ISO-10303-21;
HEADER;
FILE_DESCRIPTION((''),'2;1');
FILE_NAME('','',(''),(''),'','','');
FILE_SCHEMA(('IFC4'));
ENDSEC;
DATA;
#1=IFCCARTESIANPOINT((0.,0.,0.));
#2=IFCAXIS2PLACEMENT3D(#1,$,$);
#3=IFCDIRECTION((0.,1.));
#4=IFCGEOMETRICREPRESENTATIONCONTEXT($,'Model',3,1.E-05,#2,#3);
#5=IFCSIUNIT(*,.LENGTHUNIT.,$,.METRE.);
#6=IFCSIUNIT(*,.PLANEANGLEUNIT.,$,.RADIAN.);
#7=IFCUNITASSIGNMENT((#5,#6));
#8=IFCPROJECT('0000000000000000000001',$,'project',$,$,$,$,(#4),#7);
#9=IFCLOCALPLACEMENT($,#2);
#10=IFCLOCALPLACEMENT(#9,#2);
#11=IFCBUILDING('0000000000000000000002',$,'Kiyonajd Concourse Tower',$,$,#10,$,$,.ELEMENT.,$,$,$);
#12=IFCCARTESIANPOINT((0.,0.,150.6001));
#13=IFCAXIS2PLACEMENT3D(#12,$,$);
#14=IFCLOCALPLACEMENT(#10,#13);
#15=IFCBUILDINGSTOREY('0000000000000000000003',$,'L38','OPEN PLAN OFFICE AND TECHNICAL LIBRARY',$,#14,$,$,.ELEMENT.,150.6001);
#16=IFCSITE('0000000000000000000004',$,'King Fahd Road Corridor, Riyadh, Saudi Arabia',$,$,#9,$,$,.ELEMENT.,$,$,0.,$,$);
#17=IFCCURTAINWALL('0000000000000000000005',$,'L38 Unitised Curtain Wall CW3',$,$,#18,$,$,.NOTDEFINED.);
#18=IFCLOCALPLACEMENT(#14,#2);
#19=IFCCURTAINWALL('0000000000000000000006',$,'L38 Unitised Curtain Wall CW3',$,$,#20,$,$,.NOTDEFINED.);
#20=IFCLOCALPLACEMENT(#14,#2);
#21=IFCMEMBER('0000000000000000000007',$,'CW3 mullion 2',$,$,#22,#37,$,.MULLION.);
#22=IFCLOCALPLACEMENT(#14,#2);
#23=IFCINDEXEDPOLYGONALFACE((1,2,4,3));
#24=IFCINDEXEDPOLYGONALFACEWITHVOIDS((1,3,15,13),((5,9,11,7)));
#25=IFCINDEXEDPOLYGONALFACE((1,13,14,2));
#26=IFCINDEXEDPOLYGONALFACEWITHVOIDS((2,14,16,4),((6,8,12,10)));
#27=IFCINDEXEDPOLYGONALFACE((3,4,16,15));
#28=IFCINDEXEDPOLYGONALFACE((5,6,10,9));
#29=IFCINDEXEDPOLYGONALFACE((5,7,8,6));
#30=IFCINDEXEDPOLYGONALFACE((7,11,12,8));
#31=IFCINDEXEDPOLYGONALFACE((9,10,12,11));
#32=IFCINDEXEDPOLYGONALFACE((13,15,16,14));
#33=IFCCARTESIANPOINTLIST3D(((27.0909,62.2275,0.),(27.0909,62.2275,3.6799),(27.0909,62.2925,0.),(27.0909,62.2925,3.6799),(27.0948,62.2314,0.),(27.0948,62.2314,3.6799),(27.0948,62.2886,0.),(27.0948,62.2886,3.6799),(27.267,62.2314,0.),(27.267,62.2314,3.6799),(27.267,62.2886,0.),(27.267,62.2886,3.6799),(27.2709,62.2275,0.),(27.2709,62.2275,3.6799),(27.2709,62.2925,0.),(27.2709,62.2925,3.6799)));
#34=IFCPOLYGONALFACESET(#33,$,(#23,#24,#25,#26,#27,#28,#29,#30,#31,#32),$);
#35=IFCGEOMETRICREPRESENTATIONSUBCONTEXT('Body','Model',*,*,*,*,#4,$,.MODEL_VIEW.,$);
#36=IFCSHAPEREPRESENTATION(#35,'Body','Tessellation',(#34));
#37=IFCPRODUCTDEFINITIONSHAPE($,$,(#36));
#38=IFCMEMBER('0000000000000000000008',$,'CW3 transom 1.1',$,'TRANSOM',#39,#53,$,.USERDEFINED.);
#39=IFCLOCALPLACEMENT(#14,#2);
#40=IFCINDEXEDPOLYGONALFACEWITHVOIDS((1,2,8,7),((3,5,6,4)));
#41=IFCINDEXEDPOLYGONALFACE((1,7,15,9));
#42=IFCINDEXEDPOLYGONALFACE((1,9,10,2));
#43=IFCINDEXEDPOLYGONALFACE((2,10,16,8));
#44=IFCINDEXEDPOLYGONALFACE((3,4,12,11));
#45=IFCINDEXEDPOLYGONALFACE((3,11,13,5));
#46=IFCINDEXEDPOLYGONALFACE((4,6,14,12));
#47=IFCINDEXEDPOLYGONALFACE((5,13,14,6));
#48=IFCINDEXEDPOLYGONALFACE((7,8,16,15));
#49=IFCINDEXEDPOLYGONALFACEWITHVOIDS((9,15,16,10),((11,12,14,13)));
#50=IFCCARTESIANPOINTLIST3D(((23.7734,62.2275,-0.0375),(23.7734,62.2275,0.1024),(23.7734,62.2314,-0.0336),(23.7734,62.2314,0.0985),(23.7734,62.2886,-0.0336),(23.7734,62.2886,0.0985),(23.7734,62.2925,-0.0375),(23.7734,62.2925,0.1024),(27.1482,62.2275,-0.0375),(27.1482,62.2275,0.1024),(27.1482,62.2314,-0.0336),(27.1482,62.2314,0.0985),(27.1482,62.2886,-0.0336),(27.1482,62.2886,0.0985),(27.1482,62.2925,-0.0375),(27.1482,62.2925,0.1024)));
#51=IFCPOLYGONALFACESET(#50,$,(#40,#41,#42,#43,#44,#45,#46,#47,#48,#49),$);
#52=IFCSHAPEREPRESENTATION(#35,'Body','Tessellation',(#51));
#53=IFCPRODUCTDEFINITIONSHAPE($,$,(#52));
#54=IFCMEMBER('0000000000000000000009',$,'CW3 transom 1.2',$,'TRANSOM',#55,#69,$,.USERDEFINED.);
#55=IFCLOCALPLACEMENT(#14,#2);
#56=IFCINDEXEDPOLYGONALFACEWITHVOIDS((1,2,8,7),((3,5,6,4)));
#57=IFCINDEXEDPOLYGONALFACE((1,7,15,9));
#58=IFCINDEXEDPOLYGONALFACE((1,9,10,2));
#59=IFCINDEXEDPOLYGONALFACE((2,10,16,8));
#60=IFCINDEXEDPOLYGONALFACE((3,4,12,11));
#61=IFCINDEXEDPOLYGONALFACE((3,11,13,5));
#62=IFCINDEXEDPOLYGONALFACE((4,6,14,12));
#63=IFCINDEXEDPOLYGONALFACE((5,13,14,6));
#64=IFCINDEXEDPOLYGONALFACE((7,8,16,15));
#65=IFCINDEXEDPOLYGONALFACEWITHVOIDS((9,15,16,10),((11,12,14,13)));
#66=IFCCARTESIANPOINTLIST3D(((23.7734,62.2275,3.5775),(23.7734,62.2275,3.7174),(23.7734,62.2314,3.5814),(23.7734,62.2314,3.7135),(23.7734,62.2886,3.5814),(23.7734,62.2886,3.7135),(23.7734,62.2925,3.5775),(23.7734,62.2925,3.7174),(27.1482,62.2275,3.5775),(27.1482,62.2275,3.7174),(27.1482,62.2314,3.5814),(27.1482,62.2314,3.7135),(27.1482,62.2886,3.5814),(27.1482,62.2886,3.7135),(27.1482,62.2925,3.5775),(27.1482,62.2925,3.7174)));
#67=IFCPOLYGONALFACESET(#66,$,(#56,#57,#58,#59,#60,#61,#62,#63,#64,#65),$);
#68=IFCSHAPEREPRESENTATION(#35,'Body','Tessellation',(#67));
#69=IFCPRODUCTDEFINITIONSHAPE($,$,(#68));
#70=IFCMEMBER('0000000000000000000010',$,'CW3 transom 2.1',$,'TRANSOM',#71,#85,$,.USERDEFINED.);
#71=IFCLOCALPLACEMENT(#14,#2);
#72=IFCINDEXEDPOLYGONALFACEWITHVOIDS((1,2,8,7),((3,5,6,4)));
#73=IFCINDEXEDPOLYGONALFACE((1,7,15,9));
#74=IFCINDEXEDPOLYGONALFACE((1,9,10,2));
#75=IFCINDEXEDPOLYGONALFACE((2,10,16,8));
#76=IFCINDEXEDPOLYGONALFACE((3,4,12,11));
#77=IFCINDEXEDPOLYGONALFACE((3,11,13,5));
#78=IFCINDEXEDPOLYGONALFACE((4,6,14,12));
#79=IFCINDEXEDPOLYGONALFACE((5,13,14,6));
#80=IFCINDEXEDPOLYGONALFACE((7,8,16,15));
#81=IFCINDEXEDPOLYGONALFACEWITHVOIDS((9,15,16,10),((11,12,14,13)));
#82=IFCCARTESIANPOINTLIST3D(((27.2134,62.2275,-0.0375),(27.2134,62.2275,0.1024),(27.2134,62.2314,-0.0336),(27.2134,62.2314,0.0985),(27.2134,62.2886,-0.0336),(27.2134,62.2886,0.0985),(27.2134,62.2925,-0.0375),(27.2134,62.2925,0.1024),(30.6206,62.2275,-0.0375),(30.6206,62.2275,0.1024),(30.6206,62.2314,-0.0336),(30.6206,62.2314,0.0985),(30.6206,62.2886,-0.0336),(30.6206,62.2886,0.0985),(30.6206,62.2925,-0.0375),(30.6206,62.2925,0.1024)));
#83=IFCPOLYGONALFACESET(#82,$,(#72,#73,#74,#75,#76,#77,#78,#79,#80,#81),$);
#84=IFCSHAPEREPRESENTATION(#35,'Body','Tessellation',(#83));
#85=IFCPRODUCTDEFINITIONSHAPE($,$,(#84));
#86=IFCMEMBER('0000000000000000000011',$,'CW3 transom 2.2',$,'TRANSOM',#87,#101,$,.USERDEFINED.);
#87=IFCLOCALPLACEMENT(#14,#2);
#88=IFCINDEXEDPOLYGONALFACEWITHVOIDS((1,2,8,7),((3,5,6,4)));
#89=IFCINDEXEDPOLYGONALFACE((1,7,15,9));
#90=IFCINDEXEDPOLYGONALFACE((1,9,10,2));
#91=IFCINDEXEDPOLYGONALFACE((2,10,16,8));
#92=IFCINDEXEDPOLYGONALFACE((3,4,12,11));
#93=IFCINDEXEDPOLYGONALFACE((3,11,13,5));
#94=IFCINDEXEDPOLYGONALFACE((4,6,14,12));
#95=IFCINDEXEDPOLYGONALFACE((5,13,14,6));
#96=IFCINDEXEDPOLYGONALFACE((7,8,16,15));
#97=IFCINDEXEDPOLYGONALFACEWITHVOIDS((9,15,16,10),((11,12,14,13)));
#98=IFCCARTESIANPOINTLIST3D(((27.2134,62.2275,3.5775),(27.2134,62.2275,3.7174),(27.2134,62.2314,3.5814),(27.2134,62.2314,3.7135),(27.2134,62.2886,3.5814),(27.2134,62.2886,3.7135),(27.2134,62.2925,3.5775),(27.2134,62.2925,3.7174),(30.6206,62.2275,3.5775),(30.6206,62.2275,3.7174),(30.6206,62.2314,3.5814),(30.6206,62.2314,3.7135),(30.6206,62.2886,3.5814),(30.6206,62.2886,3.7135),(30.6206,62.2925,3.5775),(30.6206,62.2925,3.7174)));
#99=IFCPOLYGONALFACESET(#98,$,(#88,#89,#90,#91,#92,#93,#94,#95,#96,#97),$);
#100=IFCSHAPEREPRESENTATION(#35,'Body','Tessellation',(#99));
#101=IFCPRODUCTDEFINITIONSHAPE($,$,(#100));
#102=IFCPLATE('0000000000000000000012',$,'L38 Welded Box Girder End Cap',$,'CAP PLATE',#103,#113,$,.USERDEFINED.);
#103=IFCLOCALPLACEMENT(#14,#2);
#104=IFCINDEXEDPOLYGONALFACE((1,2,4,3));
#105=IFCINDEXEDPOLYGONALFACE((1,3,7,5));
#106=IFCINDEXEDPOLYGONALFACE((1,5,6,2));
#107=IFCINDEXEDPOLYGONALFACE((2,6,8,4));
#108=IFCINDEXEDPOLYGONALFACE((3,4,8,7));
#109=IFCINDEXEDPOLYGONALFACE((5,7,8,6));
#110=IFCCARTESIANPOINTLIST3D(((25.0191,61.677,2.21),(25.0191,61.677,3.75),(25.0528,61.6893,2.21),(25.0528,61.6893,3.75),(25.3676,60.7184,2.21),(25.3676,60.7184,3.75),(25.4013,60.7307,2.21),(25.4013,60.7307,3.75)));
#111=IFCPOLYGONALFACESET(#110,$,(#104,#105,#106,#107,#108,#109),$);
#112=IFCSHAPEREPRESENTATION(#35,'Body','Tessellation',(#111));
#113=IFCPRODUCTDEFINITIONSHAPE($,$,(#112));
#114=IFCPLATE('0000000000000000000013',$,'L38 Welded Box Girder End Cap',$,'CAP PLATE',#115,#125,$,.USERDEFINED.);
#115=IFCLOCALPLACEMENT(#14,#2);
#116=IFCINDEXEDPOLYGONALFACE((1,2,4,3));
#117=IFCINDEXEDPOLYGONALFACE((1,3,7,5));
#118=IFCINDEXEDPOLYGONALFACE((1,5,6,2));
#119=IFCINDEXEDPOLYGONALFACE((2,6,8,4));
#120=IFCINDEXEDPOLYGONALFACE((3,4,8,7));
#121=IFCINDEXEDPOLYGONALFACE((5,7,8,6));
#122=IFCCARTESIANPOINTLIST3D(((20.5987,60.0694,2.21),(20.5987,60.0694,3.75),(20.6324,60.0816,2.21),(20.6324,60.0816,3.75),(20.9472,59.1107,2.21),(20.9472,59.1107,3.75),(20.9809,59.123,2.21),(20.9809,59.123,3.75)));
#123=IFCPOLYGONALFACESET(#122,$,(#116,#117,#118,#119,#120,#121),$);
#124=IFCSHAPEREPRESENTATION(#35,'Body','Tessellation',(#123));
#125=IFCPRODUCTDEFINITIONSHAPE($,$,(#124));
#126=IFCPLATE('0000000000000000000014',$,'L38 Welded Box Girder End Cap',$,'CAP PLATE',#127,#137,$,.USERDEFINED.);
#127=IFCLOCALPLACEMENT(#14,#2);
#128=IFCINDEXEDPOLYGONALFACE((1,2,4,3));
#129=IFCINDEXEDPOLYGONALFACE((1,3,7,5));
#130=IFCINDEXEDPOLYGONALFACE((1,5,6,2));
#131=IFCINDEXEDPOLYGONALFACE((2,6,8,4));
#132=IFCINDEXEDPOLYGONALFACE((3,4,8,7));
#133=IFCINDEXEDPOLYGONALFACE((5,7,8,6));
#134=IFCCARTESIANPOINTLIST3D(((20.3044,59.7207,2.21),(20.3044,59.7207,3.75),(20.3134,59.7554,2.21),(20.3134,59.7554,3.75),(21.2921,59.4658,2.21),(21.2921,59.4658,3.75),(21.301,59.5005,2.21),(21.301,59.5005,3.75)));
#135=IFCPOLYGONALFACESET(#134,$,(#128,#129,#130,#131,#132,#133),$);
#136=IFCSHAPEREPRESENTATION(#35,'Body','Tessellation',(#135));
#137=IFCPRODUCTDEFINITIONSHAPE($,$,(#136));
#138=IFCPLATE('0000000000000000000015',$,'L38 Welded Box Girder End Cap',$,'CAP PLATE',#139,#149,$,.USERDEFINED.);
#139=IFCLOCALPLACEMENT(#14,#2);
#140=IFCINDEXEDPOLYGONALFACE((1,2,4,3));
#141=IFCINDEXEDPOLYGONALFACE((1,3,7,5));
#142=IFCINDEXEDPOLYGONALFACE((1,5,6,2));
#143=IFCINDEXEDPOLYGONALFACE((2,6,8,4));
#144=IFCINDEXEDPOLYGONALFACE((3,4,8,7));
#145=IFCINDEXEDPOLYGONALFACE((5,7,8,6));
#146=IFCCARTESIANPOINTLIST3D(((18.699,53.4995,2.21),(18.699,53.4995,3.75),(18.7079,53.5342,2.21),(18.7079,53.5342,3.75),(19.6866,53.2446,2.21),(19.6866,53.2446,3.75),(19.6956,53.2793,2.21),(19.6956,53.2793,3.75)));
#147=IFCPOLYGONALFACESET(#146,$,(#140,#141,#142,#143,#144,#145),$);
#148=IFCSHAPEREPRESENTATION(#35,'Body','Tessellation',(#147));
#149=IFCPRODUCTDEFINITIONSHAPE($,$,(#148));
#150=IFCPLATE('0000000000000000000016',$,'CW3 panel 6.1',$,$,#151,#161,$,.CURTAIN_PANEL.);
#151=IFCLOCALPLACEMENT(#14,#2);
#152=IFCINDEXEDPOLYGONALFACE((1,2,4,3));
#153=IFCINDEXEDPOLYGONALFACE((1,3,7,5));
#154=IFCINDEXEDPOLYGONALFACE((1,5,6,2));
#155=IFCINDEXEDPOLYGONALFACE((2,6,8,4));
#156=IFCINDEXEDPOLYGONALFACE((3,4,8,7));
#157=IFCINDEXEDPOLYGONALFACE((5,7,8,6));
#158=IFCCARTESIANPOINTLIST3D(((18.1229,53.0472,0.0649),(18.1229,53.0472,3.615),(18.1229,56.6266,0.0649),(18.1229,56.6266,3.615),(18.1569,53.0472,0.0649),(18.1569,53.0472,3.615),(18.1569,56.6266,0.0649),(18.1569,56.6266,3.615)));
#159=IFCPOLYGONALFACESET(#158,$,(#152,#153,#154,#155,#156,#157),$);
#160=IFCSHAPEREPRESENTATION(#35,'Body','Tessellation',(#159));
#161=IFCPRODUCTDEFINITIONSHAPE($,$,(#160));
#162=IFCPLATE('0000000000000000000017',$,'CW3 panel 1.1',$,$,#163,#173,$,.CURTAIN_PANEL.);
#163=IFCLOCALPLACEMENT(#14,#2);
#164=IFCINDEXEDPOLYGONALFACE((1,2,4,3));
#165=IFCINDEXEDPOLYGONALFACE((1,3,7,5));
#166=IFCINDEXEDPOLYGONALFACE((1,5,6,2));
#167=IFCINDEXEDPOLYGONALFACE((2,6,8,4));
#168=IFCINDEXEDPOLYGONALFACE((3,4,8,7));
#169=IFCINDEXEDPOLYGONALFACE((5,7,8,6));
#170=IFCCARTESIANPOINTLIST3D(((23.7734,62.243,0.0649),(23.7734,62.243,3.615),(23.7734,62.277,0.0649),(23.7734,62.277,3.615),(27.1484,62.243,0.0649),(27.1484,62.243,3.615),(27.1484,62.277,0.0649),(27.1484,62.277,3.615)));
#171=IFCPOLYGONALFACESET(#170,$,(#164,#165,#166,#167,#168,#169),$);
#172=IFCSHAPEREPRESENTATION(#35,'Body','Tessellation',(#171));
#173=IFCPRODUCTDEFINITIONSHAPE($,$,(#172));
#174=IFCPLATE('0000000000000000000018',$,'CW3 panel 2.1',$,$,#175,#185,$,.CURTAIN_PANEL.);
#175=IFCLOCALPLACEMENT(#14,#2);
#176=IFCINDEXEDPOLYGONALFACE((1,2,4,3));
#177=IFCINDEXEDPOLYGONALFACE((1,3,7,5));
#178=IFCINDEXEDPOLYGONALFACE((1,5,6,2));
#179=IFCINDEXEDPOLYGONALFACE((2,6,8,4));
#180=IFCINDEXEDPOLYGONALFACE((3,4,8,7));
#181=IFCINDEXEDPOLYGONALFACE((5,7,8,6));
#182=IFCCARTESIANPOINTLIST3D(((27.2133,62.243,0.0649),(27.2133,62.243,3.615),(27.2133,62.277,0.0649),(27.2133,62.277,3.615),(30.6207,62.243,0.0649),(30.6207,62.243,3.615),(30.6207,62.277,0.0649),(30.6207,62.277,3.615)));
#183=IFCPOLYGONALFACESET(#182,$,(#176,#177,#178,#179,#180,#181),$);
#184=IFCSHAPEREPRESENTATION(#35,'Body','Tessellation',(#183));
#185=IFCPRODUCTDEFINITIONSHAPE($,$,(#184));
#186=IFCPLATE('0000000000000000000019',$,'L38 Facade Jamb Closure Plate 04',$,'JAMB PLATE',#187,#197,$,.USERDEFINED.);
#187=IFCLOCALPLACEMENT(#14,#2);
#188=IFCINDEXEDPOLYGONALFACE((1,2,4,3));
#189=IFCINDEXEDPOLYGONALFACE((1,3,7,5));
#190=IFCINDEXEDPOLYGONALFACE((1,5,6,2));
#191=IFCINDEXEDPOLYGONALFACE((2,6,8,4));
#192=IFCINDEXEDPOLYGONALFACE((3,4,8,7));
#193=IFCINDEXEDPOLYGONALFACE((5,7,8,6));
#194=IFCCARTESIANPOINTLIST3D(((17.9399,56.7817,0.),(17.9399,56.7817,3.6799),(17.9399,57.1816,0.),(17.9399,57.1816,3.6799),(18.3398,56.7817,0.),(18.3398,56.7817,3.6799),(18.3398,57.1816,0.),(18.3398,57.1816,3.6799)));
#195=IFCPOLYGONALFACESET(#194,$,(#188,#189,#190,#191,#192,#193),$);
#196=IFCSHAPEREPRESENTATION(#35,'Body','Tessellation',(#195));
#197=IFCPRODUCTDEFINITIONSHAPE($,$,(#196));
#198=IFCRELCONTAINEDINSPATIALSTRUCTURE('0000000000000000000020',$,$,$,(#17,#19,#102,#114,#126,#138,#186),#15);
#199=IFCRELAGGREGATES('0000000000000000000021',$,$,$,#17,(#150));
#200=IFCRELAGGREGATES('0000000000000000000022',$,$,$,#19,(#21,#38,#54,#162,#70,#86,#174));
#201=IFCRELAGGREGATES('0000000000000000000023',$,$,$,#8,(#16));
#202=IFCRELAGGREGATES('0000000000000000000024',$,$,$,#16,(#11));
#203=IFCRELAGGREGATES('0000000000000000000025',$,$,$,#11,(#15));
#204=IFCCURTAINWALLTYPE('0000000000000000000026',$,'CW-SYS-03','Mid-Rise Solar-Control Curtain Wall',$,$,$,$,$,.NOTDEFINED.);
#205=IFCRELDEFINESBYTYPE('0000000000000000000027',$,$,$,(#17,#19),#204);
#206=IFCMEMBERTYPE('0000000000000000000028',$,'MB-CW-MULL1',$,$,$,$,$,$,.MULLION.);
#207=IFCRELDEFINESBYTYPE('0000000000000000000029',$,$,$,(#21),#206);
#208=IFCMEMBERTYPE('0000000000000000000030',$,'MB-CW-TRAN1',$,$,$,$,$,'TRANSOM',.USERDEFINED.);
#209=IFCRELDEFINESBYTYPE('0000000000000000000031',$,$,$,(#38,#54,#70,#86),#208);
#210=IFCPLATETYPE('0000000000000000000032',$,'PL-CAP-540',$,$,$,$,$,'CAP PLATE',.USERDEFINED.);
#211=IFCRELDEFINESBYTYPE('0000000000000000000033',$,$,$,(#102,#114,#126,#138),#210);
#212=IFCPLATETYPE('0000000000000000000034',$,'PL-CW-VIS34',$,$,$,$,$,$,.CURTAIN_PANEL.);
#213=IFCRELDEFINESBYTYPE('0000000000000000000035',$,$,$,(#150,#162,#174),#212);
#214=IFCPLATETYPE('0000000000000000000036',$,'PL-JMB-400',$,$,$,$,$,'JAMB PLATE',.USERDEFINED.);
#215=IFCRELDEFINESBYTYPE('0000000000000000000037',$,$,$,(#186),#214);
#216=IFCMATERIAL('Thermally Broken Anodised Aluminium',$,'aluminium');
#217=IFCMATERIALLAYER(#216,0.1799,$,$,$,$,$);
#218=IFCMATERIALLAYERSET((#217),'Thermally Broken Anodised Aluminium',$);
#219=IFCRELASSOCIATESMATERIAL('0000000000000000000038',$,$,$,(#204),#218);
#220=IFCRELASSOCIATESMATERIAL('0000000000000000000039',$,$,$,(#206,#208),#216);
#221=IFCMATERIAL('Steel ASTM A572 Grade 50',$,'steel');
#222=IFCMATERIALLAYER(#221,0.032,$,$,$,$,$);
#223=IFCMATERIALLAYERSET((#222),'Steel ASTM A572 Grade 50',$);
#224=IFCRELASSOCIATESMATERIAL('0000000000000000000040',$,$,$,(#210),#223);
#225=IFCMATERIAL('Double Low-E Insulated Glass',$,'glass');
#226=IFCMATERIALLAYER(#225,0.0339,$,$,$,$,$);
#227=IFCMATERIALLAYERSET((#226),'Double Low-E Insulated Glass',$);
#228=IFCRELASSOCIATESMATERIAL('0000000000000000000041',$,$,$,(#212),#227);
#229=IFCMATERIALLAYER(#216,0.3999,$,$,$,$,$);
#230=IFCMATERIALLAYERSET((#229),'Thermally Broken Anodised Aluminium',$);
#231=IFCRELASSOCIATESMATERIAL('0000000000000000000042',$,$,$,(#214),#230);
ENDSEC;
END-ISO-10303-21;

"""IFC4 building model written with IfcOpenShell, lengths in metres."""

from ifc_helpers import new_model, si_unit, direction, frame, origin, origin_2d, place, context, subcontext, project, spatial, rectangle, hollow_rectangle, extrude, material, layer, layer_set, material_profile, profile_set, type_object, element, aggregate, save


model = new_model("IFC4")

# Units and contexts
model_context = context("Model", 3, precision=1e-05, world=origin(), true_north=direction((0.0, 1.0)))
body_context = subcontext(model_context, "Body", "Model", "MODEL_VIEW")
ifc_project = project(units=[si_unit("LENGTHUNIT", "METRE"), si_unit("PLANEANGLEUNIT", "RADIAN")], contexts=[model_context])

# Site, building, storey
site_placement = place(None, origin())
site = spatial("IfcSite", under=ifc_project, at=site_placement, Name="King Fahd Road Corridor, Riyadh, Saudi Arabia", CompositionType="ELEMENT", RefElevation=0.0)
building_placement = place(site_placement, origin())
building = spatial("IfcBuilding", under=site, at=building_placement, Name="Kiyonajd Concourse Tower", CompositionType="ELEMENT")
storey_placement = place(building_placement, frame((0.0, 0.0, 150.6001)))
storey = spatial("IfcBuildingStorey", under=building, at=storey_placement, Name="L38", Description="OPEN PLAN OFFICE AND TECHNICAL LIBRARY", CompositionType="ELEMENT", Elevation=150.6001)

# Shared definitions
ifc_material_1 = material(Name="Steel ASTM A572 Grade 50", Category="steel")

# Curtain wall
ifc_material_2 = material(Name="Thermally Broken Anodised Aluminium", Category="aluminium")
ifc_layer_1 = layer(ifc_material_2, 0.1799)
ifc_layer_set_1 = layer_set([ifc_layer_1], Name="Thermally Broken Anodised Aluminium")
curtain_wall_type = type_object("IfcCurtainWallType", Name="CW-SYS-03", Description="Mid-Rise Solar-Control Curtain Wall", PredefinedType="NOTDEFINED", material=ifc_layer_set_1)
curtain_wall_1_placement = place(storey_placement, origin())
curtain_wall_1 = element("IfcCurtainWall", 1, at=curtain_wall_1_placement, inside=storey, type_object=curtain_wall_type, Name="L38 Unitised Curtain Wall CW3", PredefinedType="NOTDEFINED")
ifc_material_profile_1 = material_profile(ifc_material_2, hollow_rectangle(XDim=0.0649, YDim=0.1799, WallThickness=0.0039, at=origin_2d()), Name="MULL-65x180")
ifc_profile_set_1 = profile_set([ifc_material_profile_1], Name="Thermally Broken Anodised Aluminium")
member_type_1 = type_object("IfcMemberType", Name="MB-CW-MULL1", PredefinedType="MULLION", material=ifc_profile_set_1)

# Curtain wall, members
curtain_wall_2_placement = place(storey_placement, origin())
curtain_wall_2 = element("IfcCurtainWall", 2, at=curtain_wall_2_placement, inside=storey, type_object=curtain_wall_type, Name="L38 Unitised Curtain Wall CW3", PredefinedType="NOTDEFINED")
member_1_placement = place(storey_placement, frame((27.1809, 62.26, 0.0), z_axis=(0.0, 0.0, 1.0), x_axis=(0.0, 1.0, 0.0)))
member_1 = element("IfcMember", 3, at=member_1_placement, type_object=member_type_1, Name="CW3 mullion 2", PredefinedType="MULLION", context=body_context, shape_type="SweptSolid", body=[
    extrude(hollow_rectangle(XDim=0.0649, YDim=0.1799, WallThickness=0.0039, at=origin_2d()), origin(), (0.0, 0.0, 1.0), 3.6799),
])
ifc_material_profile_2 = material_profile(ifc_material_2, hollow_rectangle(XDim=0.0649, YDim=0.1399, WallThickness=0.0039, at=origin_2d()), Name="TRAN-65x140")
ifc_profile_set_2 = profile_set([ifc_material_profile_2], Name="Thermally Broken Anodised Aluminium")
member_type_2 = type_object("IfcMemberType", Name="MB-CW-TRAN1", ElementType="TRANSOM", PredefinedType="USERDEFINED", material=ifc_profile_set_2)
member_2_placement = place(storey_placement, frame((23.7734, 62.26, 0.0325), z_axis=(1.0, 0.0, 0.0), x_axis=(0.0, 1.0, 0.0)))
member_2 = element("IfcMember", 4, at=member_2_placement, type_object=member_type_2, Name="CW3 transom 1.1", ObjectType="TRANSOM", PredefinedType="USERDEFINED", context=body_context, shape_type="SweptSolid", body=[
    extrude(hollow_rectangle(XDim=0.0649, YDim=0.1399, WallThickness=0.0039, at=origin_2d()), origin(), (0.0, 0.0, 1.0), 3.3748),
])
member_3_placement = place(storey_placement, frame((23.7734, 62.26, 3.6475), z_axis=(1.0, 0.0, 0.0), x_axis=(0.0, 1.0, 0.0)))
member_3 = element("IfcMember", 5, at=member_3_placement, type_object=member_type_2, Name="CW3 transom 1.2", ObjectType="TRANSOM", PredefinedType="USERDEFINED", context=body_context, shape_type="SweptSolid", body=[
    extrude(hollow_rectangle(XDim=0.0649, YDim=0.1399, WallThickness=0.0039, at=origin_2d()), origin(), (0.0, 0.0, 1.0), 3.3748),
])
member_4_placement = place(storey_placement, frame((27.2134, 62.26, 0.0325), z_axis=(1.0, 0.0, 0.0), x_axis=(0.0, 1.0, 0.0)))
member_4 = element("IfcMember", 6, at=member_4_placement, type_object=member_type_2, Name="CW3 transom 2.1", ObjectType="TRANSOM", PredefinedType="USERDEFINED", context=body_context, shape_type="SweptSolid", body=[
    extrude(hollow_rectangle(XDim=0.0649, YDim=0.1399, WallThickness=0.0039, at=origin_2d()), origin(), (0.0, 0.0, 1.0), 3.4072),
])
member_5_placement = place(storey_placement, frame((27.2134, 62.26, 3.6475), z_axis=(1.0, 0.0, 0.0), x_axis=(0.0, 1.0, 0.0)))
member_5 = element("IfcMember", 7, at=member_5_placement, type_object=member_type_2, Name="CW3 transom 2.2", ObjectType="TRANSOM", PredefinedType="USERDEFINED", context=body_context, shape_type="SweptSolid", body=[
    extrude(hollow_rectangle(XDim=0.0649, YDim=0.1399, WallThickness=0.0039, at=origin_2d()), origin(), (0.0, 0.0, 1.0), 3.4072),
])

# Plates
ifc_layer_2 = layer(ifc_material_1, 0.032)
ifc_layer_set_2 = layer_set([ifc_layer_2], Name="Steel ASTM A572 Grade 50")
plate_type_1 = type_object("IfcPlateType", Name="PL-CAP-540", ElementType="CAP PLATE", PredefinedType="USERDEFINED", material=ifc_layer_set_2)
for number, where, z_axis, x_axis, name in (
    (8, (25.2102, 61.2039, 2.21), (0.0, 0.0, 1.0), (0.939812, 0.341692, 0.0), "L38 Welded Box Girder End Cap"),
    (9, (20.7898, 59.5962, 2.21), (0.0, 0.0, 1.0), (-0.939812, -0.341692, 0.0), "L38 Welded Box Girder End Cap"),
    (10, (20.8027, 59.6106, 2.21), (0.0, 0.0, 1.0), (0.249873, 0.968279, 0.0), "L38 Welded Box Girder End Cap"),
    (11, (19.1973, 53.3894, 2.21), (0.0, 0.0, 1.0), (-0.249873, -0.968279, 0.0), "L38 Welded Box Girder End Cap"),
):
    element("IfcPlate", number, at=place(storey_placement, frame(where, z_axis=z_axis, x_axis=x_axis)), inside=storey, type_object=plate_type_1, Name=name, ObjectType="CAP PLATE", PredefinedType="USERDEFINED", context=body_context, shape_type="SweptSolid", body=[
        extrude(rectangle(XDim=0.0359, YDim=1.02, at=origin_2d()), origin(), (0.0, 0.0, 1.0), 1.54),
    ])

# Plates
ifc_material_3 = material(Name="Double Low-E Insulated Glass", Category="glass")
ifc_layer_3 = layer(ifc_material_3, 0.0339)
ifc_layer_set_3 = layer_set([ifc_layer_3], Name="Double Low-E Insulated Glass")
plate_type_2 = type_object("IfcPlateType", Name="PL-CW-VIS34", PredefinedType="CURTAIN_PANEL", material=ifc_layer_set_3)
plate_1_placement = place(storey_placement, frame((18.1399, 54.8369, 0.0649), z_axis=(0.0, 0.0, 1.0), x_axis=(0.0, 1.0, 0.0)))
plate_1 = element("IfcPlate", 12, at=plate_1_placement, type_object=plate_type_2, Name="CW3 panel 6.1", PredefinedType="CURTAIN_PANEL", context=body_context, shape_type="SweptSolid", body=[
    extrude(rectangle(XDim=3.5793, YDim=0.0339, at=origin_2d()), origin(), (0.0, 0.0, 1.0), 3.55),
])
aggregate(curtain_wall_1, [plate_1])
plate_2_placement = place(storey_placement, frame((25.4609, 62.26, 0.0649), z_axis=(0.0, 0.0, 1.0), x_axis=(1.0, 0.0, 0.0)))
plate_2 = element("IfcPlate", 13, at=plate_2_placement, type_object=plate_type_2, Name="CW3 panel 1.1", PredefinedType="CURTAIN_PANEL", context=body_context, shape_type="SweptSolid", body=[
    extrude(rectangle(XDim=3.375, YDim=0.0339, at=origin_2d()), origin(), (0.0, 0.0, 1.0), 3.55),
])
plate_3_placement = place(storey_placement, frame((28.917, 62.26, 0.0649), z_axis=(0.0, 0.0, 1.0), x_axis=(1.0, 0.0, 0.0)))
plate_3 = element("IfcPlate", 14, at=plate_3_placement, type_object=plate_type_2, Name="CW3 panel 2.1", PredefinedType="CURTAIN_PANEL", context=body_context, shape_type="SweptSolid", body=[
    extrude(rectangle(XDim=3.4075, YDim=0.0339, at=origin_2d()), origin(), (0.0, 0.0, 1.0), 3.55),
])
aggregate(curtain_wall_2, [member_1, member_2, member_3, plate_2, member_4, member_5, plate_3])

# Plate
ifc_layer_4 = layer(ifc_material_2, 0.3999)
ifc_layer_set_4 = layer_set([ifc_layer_4], Name="Thermally Broken Anodised Aluminium")
plate_type_3 = type_object("IfcPlateType", Name="PL-JMB-400", ElementType="JAMB PLATE", PredefinedType="USERDEFINED", material=ifc_layer_set_4)
for number, where, z_axis, x_axis, name in (
    (15, (18.1399, 56.9817, 0.0), (0.0, 0.0, 1.0), (1.0, 0.0, 0.0), "L38 Facade Jamb Closure Plate 04"),
):
    element("IfcPlate", number, at=place(storey_placement, frame(where, z_axis=z_axis, x_axis=x_axis)), inside=storey, type_object=plate_type_3, Name=name, ObjectType="JAMB PLATE", PredefinedType="USERDEFINED", context=body_context, shape_type="SweptSolid", body=[
        extrude(rectangle(XDim=0.3999, YDim=0.3999, at=origin_2d()), origin(), (0.0, 0.0, 1.0), 3.6799),
    ])

save(model, "model.ifc")
